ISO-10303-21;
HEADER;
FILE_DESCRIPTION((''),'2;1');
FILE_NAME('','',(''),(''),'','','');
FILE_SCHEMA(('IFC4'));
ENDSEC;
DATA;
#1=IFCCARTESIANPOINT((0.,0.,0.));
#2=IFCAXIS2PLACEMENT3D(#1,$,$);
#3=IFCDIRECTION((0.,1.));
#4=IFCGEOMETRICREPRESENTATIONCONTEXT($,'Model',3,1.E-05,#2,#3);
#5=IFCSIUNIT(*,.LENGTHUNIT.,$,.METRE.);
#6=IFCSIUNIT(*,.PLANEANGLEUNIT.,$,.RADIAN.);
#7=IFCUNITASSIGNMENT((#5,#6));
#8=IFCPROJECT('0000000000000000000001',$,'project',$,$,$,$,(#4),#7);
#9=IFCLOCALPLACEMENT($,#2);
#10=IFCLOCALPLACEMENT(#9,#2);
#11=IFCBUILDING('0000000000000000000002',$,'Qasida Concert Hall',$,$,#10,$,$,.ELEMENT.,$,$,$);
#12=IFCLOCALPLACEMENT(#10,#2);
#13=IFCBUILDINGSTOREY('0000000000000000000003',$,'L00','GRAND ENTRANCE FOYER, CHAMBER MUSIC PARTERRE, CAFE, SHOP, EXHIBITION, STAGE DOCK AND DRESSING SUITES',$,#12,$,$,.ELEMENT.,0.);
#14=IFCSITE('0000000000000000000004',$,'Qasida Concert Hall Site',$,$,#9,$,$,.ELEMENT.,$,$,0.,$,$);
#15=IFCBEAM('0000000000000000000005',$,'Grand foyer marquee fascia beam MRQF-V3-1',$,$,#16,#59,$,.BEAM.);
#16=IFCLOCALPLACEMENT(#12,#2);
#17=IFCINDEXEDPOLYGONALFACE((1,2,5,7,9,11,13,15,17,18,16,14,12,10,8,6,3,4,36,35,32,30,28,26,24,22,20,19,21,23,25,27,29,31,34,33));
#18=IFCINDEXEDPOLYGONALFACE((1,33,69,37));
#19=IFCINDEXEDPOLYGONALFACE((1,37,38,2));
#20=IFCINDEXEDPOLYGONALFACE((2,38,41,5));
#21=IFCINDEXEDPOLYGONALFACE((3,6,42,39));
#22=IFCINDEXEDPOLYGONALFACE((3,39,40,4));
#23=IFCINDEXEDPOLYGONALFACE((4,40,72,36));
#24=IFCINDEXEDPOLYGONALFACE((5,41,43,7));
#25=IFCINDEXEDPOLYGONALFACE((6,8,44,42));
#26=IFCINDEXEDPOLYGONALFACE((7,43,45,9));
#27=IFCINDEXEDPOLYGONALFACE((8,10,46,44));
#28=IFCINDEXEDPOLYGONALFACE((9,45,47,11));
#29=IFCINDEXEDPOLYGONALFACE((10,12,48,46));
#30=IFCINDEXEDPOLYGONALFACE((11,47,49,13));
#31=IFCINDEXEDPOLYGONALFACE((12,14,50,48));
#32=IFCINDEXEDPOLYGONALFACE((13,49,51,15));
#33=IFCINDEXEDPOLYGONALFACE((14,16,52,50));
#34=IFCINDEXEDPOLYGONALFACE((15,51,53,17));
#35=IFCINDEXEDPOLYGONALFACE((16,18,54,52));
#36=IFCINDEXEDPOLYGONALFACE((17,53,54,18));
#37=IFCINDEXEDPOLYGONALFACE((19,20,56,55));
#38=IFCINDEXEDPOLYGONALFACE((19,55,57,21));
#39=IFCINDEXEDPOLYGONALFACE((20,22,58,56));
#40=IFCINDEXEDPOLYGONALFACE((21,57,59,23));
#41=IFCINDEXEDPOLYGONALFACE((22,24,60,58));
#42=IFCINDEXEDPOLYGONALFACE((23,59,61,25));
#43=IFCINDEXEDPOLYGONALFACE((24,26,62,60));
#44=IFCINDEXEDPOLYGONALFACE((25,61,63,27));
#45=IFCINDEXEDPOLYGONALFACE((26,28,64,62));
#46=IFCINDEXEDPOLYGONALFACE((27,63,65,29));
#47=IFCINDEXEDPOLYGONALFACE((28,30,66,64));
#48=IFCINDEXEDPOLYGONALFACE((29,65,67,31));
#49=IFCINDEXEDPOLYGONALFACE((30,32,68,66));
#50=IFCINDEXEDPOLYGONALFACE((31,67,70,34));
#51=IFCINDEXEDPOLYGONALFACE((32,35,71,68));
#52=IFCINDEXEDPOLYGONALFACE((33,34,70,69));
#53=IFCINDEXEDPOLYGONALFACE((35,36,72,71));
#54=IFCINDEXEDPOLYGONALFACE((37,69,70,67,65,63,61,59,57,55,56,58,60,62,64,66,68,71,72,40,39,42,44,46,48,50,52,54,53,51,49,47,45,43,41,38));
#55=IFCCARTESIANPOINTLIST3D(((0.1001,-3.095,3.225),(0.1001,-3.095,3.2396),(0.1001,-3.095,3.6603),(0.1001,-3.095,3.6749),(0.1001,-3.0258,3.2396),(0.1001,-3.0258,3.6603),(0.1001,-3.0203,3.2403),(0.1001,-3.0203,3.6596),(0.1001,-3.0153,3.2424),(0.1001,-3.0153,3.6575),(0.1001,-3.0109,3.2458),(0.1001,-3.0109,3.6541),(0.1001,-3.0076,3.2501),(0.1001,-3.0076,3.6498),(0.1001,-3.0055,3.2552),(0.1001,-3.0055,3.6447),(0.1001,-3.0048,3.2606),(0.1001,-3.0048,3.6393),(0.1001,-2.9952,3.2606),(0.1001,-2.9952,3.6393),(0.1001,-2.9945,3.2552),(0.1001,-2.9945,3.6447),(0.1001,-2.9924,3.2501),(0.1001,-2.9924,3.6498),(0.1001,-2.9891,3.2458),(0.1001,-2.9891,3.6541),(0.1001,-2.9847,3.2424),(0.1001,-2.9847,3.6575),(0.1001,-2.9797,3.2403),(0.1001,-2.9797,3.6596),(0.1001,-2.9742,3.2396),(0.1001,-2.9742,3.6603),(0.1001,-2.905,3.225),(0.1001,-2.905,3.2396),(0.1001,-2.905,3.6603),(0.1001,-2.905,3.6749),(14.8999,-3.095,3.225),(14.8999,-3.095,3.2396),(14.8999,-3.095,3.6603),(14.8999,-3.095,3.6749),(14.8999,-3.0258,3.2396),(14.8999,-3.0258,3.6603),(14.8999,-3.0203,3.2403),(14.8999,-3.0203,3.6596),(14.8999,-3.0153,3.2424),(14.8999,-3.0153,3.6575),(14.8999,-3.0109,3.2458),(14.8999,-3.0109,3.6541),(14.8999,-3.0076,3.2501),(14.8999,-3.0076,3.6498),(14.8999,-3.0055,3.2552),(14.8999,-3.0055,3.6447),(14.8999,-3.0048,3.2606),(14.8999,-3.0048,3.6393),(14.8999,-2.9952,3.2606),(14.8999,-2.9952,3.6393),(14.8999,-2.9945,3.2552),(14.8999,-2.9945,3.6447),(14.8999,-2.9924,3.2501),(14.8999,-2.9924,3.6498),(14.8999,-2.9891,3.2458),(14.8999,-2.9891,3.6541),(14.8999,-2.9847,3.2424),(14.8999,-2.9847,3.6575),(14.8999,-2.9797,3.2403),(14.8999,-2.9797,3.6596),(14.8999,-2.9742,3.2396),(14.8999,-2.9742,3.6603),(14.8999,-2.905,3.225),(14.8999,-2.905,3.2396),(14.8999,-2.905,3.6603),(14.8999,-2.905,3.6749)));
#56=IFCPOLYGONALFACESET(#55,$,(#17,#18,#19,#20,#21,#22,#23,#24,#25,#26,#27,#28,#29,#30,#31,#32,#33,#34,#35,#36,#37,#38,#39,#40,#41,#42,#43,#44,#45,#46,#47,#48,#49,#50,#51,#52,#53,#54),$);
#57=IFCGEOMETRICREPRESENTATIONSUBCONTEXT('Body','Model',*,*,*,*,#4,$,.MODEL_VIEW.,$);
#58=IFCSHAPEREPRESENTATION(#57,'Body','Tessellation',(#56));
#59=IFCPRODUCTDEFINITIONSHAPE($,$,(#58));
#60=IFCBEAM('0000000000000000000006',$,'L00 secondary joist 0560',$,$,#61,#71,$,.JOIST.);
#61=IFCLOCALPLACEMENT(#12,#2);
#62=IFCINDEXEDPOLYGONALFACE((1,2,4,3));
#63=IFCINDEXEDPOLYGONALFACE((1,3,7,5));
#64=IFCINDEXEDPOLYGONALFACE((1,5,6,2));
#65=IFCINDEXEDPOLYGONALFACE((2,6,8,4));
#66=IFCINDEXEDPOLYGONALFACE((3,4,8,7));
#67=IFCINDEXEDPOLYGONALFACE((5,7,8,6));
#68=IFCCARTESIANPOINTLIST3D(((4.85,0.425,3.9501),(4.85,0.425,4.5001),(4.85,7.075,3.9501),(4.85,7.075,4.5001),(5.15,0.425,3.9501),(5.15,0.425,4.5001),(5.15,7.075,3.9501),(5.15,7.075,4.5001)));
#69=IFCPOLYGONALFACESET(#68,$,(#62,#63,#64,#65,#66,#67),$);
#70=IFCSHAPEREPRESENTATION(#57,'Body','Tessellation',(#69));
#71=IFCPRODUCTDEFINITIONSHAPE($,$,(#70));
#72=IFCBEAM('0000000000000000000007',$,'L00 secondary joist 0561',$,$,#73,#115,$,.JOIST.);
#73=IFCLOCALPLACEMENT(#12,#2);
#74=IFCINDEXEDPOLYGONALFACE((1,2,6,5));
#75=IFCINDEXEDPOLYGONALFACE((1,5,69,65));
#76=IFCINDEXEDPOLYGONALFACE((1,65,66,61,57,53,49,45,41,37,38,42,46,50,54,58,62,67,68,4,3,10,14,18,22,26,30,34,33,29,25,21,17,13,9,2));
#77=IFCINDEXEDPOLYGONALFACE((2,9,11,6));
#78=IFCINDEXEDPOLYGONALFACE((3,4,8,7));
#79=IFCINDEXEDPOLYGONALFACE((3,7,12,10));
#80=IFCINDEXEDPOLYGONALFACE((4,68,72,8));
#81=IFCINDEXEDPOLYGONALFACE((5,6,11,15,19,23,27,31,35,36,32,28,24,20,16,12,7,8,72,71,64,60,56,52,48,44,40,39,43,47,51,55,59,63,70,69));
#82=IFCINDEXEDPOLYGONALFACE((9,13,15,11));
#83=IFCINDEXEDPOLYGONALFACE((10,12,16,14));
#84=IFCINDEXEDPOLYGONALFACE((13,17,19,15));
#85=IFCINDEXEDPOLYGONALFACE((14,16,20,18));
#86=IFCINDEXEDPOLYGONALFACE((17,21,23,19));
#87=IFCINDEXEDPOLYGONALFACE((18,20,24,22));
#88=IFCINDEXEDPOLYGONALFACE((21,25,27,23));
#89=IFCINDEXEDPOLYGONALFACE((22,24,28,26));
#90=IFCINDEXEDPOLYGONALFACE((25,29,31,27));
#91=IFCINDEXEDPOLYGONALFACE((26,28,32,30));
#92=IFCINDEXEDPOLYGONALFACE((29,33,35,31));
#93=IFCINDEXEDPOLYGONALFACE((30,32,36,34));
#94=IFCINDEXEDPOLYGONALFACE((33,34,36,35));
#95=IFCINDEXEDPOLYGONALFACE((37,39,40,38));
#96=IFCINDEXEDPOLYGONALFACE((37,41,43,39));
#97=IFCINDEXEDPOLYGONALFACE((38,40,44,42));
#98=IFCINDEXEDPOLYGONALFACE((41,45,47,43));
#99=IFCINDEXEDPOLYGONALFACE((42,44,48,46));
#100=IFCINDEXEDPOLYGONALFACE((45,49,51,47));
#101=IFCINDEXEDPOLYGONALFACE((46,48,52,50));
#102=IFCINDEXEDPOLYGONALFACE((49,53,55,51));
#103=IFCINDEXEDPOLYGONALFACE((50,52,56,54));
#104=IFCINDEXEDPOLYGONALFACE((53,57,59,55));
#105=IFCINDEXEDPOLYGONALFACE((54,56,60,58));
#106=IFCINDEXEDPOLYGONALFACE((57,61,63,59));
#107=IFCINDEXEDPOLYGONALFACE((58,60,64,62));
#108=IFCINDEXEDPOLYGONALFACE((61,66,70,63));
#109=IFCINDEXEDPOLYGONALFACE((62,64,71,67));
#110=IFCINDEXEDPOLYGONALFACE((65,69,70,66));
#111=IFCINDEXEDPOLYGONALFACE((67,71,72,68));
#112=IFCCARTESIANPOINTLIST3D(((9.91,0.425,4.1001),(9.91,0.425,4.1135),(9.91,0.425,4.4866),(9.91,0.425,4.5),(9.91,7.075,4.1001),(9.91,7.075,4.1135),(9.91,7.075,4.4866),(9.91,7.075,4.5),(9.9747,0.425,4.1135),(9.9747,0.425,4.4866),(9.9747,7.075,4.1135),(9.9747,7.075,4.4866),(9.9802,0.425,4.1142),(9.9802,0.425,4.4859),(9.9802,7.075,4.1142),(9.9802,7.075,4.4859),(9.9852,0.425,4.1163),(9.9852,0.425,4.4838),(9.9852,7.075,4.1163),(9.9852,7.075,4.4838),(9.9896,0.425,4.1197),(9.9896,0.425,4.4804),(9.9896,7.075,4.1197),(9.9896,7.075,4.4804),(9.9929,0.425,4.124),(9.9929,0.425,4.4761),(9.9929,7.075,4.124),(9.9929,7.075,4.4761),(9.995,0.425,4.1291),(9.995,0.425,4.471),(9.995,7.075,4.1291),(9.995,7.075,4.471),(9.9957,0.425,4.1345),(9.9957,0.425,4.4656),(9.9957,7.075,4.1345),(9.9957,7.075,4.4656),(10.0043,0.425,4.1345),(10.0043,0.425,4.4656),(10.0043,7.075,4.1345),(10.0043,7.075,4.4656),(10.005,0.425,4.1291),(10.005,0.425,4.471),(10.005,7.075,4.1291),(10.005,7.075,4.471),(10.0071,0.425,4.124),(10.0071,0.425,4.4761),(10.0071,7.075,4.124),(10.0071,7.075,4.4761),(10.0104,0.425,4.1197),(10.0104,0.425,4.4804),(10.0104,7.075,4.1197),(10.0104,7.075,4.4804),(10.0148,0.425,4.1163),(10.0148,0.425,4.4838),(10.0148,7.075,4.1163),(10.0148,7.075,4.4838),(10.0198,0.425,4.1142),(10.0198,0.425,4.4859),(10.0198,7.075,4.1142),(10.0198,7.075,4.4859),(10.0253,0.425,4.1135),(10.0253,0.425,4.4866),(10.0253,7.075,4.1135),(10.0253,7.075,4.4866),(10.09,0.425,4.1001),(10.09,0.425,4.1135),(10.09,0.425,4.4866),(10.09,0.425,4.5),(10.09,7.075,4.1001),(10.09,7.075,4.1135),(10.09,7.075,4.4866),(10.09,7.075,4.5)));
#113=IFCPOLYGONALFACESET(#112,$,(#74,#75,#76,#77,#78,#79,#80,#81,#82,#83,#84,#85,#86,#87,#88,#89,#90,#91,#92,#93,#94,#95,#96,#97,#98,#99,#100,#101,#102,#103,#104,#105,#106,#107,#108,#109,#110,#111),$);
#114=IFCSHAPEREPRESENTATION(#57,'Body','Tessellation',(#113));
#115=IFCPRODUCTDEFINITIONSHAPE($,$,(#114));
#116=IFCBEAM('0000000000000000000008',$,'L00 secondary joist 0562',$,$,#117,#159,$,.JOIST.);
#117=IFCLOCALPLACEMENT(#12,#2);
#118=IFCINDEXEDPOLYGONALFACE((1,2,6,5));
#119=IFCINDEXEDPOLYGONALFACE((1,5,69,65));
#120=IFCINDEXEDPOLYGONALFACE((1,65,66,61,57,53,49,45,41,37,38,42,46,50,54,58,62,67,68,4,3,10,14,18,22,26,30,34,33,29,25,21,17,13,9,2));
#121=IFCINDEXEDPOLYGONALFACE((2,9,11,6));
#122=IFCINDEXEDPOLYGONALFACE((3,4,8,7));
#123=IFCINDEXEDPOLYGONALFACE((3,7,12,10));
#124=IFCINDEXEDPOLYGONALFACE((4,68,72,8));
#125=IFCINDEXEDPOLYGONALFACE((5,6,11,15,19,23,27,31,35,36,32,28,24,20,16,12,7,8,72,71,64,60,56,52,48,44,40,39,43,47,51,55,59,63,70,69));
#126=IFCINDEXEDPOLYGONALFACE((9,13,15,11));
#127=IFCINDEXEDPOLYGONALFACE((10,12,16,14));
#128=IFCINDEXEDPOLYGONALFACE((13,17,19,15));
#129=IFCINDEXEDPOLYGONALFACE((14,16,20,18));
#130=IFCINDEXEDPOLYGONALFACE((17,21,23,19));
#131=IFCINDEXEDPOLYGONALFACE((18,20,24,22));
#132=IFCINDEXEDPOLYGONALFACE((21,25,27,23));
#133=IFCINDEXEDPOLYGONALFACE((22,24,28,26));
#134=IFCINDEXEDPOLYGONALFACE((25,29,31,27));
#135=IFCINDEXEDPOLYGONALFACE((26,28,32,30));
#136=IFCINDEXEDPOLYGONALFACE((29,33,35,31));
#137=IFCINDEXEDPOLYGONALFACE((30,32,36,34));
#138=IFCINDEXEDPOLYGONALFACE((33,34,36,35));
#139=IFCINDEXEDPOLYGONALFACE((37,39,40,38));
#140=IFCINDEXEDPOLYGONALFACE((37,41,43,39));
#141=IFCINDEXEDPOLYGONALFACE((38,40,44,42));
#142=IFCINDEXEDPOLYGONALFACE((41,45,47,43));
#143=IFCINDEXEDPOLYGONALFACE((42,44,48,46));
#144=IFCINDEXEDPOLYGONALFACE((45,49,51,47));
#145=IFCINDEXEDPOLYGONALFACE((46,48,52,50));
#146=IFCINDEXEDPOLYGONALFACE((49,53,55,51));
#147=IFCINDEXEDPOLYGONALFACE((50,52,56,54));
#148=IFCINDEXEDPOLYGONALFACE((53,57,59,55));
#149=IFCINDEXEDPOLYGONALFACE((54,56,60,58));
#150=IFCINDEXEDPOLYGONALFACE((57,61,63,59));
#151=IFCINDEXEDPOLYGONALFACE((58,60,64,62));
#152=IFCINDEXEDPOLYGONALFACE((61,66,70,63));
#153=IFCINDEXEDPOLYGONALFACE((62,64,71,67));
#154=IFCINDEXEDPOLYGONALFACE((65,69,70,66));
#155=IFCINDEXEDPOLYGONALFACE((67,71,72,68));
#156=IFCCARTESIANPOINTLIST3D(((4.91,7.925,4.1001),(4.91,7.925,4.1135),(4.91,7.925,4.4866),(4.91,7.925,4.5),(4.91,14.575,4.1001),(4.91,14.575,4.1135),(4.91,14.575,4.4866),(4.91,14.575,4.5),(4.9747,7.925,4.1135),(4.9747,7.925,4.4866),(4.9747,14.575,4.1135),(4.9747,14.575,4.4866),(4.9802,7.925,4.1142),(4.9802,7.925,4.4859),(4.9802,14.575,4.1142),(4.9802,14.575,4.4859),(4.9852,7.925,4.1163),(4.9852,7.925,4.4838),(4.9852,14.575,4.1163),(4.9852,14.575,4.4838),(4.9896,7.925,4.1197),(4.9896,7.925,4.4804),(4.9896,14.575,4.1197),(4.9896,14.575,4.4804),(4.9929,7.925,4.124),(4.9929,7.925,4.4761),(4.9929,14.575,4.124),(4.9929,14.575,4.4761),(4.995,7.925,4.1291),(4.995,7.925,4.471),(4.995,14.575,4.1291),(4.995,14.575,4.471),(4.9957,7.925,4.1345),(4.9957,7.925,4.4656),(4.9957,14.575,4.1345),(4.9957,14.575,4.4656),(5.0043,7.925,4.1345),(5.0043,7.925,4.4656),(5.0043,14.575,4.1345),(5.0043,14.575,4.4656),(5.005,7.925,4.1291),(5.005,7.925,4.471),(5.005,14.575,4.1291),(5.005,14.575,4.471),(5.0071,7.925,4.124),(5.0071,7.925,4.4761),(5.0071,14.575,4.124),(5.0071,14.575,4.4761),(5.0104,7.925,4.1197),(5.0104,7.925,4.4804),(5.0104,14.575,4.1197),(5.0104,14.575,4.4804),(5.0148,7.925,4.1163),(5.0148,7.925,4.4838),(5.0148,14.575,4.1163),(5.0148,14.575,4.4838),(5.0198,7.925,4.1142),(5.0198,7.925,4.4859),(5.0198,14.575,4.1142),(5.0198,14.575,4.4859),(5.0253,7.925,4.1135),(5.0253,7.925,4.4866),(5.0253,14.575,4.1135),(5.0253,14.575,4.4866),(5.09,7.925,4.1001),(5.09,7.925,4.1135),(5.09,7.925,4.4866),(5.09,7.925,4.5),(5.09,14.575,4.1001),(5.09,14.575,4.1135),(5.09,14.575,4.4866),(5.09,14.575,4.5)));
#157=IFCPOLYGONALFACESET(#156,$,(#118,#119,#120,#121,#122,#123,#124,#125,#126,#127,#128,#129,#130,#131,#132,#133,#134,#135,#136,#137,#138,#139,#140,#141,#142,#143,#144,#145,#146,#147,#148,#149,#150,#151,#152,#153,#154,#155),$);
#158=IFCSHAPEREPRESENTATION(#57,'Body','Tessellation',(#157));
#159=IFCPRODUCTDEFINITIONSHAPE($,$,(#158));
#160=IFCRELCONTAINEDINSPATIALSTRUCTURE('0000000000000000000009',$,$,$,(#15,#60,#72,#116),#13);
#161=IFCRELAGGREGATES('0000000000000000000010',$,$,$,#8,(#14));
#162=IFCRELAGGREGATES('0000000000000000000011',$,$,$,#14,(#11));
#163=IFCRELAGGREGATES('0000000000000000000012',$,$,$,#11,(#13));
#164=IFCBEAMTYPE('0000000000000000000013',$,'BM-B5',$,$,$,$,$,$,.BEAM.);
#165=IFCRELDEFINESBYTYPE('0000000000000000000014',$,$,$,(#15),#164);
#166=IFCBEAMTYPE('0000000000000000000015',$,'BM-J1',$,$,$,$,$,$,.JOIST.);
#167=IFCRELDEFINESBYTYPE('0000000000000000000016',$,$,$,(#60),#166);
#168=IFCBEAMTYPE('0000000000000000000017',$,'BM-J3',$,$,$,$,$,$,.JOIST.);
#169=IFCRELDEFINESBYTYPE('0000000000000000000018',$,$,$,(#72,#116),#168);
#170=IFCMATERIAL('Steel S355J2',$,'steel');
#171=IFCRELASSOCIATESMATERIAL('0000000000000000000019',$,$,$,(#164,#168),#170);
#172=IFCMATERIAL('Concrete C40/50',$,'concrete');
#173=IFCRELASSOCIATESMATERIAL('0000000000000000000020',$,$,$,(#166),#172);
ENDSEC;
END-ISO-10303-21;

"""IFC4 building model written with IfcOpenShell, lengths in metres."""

from ifc_helpers import new_model, si_unit, direction, frame, origin, origin_2d, place, context, subcontext, project, spatial, rectangle, i_section, extrude, material, material_profile, profile_set, type_object, element, save


model = new_model("IFC4")

# Units and contexts
model_context = context("Model", 3, precision=1e-05, world=origin(), true_north=direction((0.0, 1.0)))
body_context = subcontext(model_context, "Body", "Model", "MODEL_VIEW")
ifc_project = project(units=[si_unit("LENGTHUNIT", "METRE"), si_unit("PLANEANGLEUNIT", "RADIAN")], contexts=[model_context])

# Site, building, storey
site_placement = place(None, origin())
site = spatial("IfcSite", under=ifc_project, at=site_placement, Name="Qasida Concert Hall Site", CompositionType="ELEMENT", RefElevation=0.0)
building_placement = place(site_placement, origin())
building = spatial("IfcBuilding", under=site, at=building_placement, Name="Qasida Concert Hall", CompositionType="ELEMENT")
storey_placement = place(building_placement, origin())
storey = spatial("IfcBuildingStorey", under=building, at=storey_placement, Name="L00", Description="GRAND ENTRANCE FOYER, CHAMBER MUSIC PARTERRE, CAFE, SHOP, EXHIBITION, STAGE DOCK AND DRESSING SUITES", CompositionType="ELEMENT", Elevation=0.0)

# Beams
ifc_material_1 = material(Name="Concrete C40/50", Category="concrete")
ifc_material_2 = material(Name="Steel S355J2", Category="steel")
ifc_material_profile_1 = material_profile(ifc_material_2, i_section(OverallWidth=0.1899, OverallDepth=0.45, WebThickness=0.0095, FlangeThickness=0.0146, FilletRadius=0.021, at=origin_2d()), Name="IPE 450")
ifc_profile_set_1 = profile_set([ifc_material_profile_1], Name="Steel S355J2")
beam_type_1 = type_object("IfcBeamType", Name="BM-B5", PredefinedType="BEAM", material=ifc_profile_set_1)
beam_1_placement = place(storey_placement, frame((0.1001, -3.0, 3.45), z_axis=(1.0, 0.0, 0.0), x_axis=(0.0, 1.0, 0.0)))
element("IfcBeam", 1, at=beam_1_placement, inside=storey, type_object=beam_type_1, Name="Grand foyer marquee fascia beam MRQF-V3-1", PredefinedType="BEAM", context=body_context, shape_type="SweptSolid", body=[
    extrude(i_section(OverallWidth=0.1899, OverallDepth=0.45, WebThickness=0.0095, FlangeThickness=0.0146, FilletRadius=0.021, at=origin_2d()), origin(), (0.0, 0.0, 1.0), 14.7998),
])
ifc_material_profile_2 = material_profile(ifc_material_1, rectangle(XDim=0.3, YDim=0.55, at=origin_2d()), Name="RC 300x550")
ifc_profile_set_2 = profile_set([ifc_material_profile_2], Name="Concrete C40/50")
beam_type_2 = type_object("IfcBeamType", Name="BM-J1", PredefinedType="JOIST", material=ifc_profile_set_2)
beam_2_placement = place(storey_placement, frame((5.0, 0.425, 4.2251), z_axis=(0.0, 1.0, 0.0), x_axis=(-1.0, 0.0, 0.0)))
element("IfcBeam", 2, at=beam_2_placement, inside=storey, type_object=beam_type_2, Name="L00 secondary joist 0560", PredefinedType="JOIST", context=body_context, shape_type="SweptSolid", body=[
    extrude(rectangle(XDim=0.3, YDim=0.55, at=origin_2d()), origin(), (0.0, 0.0, 1.0), 6.6499),
])
ifc_material_profile_3 = material_profile(ifc_material_2, i_section(OverallWidth=0.1799, OverallDepth=0.3999, WebThickness=0.0085, FlangeThickness=0.0134, FilletRadius=0.021, at=origin_2d()), Name="IPE 400")
ifc_profile_set_3 = profile_set([ifc_material_profile_3], Name="Steel S355J2")
beam_type_3 = type_object("IfcBeamType", Name="BM-J3", PredefinedType="JOIST", material=ifc_profile_set_3)
for number, where, z_axis, x_axis, name in (
    (3, (10.0, 0.425, 4.3), (0.0, 1.0, 0.0), (-1.0, 0.0, 0.0), "L00 secondary joist 0561"),
    (4, (5.0, 7.925, 4.3), (0.0, 1.0, 0.0), (-1.0, 0.0, 0.0), "L00 secondary joist 0562"),
):
    element("IfcBeam", number, at=place(storey_placement, frame(where, z_axis=z_axis, x_axis=x_axis)), inside=storey, type_object=beam_type_3, Name=name, PredefinedType="JOIST", context=body_context, shape_type="SweptSolid", body=[
        extrude(i_section(OverallWidth=0.1799, OverallDepth=0.3999, WebThickness=0.0085, FlangeThickness=0.0134, FilletRadius=0.021, at=origin_2d()), origin(), (0.0, 0.0, 1.0), 6.6499),
    ])

save(model, "model.ifc")
